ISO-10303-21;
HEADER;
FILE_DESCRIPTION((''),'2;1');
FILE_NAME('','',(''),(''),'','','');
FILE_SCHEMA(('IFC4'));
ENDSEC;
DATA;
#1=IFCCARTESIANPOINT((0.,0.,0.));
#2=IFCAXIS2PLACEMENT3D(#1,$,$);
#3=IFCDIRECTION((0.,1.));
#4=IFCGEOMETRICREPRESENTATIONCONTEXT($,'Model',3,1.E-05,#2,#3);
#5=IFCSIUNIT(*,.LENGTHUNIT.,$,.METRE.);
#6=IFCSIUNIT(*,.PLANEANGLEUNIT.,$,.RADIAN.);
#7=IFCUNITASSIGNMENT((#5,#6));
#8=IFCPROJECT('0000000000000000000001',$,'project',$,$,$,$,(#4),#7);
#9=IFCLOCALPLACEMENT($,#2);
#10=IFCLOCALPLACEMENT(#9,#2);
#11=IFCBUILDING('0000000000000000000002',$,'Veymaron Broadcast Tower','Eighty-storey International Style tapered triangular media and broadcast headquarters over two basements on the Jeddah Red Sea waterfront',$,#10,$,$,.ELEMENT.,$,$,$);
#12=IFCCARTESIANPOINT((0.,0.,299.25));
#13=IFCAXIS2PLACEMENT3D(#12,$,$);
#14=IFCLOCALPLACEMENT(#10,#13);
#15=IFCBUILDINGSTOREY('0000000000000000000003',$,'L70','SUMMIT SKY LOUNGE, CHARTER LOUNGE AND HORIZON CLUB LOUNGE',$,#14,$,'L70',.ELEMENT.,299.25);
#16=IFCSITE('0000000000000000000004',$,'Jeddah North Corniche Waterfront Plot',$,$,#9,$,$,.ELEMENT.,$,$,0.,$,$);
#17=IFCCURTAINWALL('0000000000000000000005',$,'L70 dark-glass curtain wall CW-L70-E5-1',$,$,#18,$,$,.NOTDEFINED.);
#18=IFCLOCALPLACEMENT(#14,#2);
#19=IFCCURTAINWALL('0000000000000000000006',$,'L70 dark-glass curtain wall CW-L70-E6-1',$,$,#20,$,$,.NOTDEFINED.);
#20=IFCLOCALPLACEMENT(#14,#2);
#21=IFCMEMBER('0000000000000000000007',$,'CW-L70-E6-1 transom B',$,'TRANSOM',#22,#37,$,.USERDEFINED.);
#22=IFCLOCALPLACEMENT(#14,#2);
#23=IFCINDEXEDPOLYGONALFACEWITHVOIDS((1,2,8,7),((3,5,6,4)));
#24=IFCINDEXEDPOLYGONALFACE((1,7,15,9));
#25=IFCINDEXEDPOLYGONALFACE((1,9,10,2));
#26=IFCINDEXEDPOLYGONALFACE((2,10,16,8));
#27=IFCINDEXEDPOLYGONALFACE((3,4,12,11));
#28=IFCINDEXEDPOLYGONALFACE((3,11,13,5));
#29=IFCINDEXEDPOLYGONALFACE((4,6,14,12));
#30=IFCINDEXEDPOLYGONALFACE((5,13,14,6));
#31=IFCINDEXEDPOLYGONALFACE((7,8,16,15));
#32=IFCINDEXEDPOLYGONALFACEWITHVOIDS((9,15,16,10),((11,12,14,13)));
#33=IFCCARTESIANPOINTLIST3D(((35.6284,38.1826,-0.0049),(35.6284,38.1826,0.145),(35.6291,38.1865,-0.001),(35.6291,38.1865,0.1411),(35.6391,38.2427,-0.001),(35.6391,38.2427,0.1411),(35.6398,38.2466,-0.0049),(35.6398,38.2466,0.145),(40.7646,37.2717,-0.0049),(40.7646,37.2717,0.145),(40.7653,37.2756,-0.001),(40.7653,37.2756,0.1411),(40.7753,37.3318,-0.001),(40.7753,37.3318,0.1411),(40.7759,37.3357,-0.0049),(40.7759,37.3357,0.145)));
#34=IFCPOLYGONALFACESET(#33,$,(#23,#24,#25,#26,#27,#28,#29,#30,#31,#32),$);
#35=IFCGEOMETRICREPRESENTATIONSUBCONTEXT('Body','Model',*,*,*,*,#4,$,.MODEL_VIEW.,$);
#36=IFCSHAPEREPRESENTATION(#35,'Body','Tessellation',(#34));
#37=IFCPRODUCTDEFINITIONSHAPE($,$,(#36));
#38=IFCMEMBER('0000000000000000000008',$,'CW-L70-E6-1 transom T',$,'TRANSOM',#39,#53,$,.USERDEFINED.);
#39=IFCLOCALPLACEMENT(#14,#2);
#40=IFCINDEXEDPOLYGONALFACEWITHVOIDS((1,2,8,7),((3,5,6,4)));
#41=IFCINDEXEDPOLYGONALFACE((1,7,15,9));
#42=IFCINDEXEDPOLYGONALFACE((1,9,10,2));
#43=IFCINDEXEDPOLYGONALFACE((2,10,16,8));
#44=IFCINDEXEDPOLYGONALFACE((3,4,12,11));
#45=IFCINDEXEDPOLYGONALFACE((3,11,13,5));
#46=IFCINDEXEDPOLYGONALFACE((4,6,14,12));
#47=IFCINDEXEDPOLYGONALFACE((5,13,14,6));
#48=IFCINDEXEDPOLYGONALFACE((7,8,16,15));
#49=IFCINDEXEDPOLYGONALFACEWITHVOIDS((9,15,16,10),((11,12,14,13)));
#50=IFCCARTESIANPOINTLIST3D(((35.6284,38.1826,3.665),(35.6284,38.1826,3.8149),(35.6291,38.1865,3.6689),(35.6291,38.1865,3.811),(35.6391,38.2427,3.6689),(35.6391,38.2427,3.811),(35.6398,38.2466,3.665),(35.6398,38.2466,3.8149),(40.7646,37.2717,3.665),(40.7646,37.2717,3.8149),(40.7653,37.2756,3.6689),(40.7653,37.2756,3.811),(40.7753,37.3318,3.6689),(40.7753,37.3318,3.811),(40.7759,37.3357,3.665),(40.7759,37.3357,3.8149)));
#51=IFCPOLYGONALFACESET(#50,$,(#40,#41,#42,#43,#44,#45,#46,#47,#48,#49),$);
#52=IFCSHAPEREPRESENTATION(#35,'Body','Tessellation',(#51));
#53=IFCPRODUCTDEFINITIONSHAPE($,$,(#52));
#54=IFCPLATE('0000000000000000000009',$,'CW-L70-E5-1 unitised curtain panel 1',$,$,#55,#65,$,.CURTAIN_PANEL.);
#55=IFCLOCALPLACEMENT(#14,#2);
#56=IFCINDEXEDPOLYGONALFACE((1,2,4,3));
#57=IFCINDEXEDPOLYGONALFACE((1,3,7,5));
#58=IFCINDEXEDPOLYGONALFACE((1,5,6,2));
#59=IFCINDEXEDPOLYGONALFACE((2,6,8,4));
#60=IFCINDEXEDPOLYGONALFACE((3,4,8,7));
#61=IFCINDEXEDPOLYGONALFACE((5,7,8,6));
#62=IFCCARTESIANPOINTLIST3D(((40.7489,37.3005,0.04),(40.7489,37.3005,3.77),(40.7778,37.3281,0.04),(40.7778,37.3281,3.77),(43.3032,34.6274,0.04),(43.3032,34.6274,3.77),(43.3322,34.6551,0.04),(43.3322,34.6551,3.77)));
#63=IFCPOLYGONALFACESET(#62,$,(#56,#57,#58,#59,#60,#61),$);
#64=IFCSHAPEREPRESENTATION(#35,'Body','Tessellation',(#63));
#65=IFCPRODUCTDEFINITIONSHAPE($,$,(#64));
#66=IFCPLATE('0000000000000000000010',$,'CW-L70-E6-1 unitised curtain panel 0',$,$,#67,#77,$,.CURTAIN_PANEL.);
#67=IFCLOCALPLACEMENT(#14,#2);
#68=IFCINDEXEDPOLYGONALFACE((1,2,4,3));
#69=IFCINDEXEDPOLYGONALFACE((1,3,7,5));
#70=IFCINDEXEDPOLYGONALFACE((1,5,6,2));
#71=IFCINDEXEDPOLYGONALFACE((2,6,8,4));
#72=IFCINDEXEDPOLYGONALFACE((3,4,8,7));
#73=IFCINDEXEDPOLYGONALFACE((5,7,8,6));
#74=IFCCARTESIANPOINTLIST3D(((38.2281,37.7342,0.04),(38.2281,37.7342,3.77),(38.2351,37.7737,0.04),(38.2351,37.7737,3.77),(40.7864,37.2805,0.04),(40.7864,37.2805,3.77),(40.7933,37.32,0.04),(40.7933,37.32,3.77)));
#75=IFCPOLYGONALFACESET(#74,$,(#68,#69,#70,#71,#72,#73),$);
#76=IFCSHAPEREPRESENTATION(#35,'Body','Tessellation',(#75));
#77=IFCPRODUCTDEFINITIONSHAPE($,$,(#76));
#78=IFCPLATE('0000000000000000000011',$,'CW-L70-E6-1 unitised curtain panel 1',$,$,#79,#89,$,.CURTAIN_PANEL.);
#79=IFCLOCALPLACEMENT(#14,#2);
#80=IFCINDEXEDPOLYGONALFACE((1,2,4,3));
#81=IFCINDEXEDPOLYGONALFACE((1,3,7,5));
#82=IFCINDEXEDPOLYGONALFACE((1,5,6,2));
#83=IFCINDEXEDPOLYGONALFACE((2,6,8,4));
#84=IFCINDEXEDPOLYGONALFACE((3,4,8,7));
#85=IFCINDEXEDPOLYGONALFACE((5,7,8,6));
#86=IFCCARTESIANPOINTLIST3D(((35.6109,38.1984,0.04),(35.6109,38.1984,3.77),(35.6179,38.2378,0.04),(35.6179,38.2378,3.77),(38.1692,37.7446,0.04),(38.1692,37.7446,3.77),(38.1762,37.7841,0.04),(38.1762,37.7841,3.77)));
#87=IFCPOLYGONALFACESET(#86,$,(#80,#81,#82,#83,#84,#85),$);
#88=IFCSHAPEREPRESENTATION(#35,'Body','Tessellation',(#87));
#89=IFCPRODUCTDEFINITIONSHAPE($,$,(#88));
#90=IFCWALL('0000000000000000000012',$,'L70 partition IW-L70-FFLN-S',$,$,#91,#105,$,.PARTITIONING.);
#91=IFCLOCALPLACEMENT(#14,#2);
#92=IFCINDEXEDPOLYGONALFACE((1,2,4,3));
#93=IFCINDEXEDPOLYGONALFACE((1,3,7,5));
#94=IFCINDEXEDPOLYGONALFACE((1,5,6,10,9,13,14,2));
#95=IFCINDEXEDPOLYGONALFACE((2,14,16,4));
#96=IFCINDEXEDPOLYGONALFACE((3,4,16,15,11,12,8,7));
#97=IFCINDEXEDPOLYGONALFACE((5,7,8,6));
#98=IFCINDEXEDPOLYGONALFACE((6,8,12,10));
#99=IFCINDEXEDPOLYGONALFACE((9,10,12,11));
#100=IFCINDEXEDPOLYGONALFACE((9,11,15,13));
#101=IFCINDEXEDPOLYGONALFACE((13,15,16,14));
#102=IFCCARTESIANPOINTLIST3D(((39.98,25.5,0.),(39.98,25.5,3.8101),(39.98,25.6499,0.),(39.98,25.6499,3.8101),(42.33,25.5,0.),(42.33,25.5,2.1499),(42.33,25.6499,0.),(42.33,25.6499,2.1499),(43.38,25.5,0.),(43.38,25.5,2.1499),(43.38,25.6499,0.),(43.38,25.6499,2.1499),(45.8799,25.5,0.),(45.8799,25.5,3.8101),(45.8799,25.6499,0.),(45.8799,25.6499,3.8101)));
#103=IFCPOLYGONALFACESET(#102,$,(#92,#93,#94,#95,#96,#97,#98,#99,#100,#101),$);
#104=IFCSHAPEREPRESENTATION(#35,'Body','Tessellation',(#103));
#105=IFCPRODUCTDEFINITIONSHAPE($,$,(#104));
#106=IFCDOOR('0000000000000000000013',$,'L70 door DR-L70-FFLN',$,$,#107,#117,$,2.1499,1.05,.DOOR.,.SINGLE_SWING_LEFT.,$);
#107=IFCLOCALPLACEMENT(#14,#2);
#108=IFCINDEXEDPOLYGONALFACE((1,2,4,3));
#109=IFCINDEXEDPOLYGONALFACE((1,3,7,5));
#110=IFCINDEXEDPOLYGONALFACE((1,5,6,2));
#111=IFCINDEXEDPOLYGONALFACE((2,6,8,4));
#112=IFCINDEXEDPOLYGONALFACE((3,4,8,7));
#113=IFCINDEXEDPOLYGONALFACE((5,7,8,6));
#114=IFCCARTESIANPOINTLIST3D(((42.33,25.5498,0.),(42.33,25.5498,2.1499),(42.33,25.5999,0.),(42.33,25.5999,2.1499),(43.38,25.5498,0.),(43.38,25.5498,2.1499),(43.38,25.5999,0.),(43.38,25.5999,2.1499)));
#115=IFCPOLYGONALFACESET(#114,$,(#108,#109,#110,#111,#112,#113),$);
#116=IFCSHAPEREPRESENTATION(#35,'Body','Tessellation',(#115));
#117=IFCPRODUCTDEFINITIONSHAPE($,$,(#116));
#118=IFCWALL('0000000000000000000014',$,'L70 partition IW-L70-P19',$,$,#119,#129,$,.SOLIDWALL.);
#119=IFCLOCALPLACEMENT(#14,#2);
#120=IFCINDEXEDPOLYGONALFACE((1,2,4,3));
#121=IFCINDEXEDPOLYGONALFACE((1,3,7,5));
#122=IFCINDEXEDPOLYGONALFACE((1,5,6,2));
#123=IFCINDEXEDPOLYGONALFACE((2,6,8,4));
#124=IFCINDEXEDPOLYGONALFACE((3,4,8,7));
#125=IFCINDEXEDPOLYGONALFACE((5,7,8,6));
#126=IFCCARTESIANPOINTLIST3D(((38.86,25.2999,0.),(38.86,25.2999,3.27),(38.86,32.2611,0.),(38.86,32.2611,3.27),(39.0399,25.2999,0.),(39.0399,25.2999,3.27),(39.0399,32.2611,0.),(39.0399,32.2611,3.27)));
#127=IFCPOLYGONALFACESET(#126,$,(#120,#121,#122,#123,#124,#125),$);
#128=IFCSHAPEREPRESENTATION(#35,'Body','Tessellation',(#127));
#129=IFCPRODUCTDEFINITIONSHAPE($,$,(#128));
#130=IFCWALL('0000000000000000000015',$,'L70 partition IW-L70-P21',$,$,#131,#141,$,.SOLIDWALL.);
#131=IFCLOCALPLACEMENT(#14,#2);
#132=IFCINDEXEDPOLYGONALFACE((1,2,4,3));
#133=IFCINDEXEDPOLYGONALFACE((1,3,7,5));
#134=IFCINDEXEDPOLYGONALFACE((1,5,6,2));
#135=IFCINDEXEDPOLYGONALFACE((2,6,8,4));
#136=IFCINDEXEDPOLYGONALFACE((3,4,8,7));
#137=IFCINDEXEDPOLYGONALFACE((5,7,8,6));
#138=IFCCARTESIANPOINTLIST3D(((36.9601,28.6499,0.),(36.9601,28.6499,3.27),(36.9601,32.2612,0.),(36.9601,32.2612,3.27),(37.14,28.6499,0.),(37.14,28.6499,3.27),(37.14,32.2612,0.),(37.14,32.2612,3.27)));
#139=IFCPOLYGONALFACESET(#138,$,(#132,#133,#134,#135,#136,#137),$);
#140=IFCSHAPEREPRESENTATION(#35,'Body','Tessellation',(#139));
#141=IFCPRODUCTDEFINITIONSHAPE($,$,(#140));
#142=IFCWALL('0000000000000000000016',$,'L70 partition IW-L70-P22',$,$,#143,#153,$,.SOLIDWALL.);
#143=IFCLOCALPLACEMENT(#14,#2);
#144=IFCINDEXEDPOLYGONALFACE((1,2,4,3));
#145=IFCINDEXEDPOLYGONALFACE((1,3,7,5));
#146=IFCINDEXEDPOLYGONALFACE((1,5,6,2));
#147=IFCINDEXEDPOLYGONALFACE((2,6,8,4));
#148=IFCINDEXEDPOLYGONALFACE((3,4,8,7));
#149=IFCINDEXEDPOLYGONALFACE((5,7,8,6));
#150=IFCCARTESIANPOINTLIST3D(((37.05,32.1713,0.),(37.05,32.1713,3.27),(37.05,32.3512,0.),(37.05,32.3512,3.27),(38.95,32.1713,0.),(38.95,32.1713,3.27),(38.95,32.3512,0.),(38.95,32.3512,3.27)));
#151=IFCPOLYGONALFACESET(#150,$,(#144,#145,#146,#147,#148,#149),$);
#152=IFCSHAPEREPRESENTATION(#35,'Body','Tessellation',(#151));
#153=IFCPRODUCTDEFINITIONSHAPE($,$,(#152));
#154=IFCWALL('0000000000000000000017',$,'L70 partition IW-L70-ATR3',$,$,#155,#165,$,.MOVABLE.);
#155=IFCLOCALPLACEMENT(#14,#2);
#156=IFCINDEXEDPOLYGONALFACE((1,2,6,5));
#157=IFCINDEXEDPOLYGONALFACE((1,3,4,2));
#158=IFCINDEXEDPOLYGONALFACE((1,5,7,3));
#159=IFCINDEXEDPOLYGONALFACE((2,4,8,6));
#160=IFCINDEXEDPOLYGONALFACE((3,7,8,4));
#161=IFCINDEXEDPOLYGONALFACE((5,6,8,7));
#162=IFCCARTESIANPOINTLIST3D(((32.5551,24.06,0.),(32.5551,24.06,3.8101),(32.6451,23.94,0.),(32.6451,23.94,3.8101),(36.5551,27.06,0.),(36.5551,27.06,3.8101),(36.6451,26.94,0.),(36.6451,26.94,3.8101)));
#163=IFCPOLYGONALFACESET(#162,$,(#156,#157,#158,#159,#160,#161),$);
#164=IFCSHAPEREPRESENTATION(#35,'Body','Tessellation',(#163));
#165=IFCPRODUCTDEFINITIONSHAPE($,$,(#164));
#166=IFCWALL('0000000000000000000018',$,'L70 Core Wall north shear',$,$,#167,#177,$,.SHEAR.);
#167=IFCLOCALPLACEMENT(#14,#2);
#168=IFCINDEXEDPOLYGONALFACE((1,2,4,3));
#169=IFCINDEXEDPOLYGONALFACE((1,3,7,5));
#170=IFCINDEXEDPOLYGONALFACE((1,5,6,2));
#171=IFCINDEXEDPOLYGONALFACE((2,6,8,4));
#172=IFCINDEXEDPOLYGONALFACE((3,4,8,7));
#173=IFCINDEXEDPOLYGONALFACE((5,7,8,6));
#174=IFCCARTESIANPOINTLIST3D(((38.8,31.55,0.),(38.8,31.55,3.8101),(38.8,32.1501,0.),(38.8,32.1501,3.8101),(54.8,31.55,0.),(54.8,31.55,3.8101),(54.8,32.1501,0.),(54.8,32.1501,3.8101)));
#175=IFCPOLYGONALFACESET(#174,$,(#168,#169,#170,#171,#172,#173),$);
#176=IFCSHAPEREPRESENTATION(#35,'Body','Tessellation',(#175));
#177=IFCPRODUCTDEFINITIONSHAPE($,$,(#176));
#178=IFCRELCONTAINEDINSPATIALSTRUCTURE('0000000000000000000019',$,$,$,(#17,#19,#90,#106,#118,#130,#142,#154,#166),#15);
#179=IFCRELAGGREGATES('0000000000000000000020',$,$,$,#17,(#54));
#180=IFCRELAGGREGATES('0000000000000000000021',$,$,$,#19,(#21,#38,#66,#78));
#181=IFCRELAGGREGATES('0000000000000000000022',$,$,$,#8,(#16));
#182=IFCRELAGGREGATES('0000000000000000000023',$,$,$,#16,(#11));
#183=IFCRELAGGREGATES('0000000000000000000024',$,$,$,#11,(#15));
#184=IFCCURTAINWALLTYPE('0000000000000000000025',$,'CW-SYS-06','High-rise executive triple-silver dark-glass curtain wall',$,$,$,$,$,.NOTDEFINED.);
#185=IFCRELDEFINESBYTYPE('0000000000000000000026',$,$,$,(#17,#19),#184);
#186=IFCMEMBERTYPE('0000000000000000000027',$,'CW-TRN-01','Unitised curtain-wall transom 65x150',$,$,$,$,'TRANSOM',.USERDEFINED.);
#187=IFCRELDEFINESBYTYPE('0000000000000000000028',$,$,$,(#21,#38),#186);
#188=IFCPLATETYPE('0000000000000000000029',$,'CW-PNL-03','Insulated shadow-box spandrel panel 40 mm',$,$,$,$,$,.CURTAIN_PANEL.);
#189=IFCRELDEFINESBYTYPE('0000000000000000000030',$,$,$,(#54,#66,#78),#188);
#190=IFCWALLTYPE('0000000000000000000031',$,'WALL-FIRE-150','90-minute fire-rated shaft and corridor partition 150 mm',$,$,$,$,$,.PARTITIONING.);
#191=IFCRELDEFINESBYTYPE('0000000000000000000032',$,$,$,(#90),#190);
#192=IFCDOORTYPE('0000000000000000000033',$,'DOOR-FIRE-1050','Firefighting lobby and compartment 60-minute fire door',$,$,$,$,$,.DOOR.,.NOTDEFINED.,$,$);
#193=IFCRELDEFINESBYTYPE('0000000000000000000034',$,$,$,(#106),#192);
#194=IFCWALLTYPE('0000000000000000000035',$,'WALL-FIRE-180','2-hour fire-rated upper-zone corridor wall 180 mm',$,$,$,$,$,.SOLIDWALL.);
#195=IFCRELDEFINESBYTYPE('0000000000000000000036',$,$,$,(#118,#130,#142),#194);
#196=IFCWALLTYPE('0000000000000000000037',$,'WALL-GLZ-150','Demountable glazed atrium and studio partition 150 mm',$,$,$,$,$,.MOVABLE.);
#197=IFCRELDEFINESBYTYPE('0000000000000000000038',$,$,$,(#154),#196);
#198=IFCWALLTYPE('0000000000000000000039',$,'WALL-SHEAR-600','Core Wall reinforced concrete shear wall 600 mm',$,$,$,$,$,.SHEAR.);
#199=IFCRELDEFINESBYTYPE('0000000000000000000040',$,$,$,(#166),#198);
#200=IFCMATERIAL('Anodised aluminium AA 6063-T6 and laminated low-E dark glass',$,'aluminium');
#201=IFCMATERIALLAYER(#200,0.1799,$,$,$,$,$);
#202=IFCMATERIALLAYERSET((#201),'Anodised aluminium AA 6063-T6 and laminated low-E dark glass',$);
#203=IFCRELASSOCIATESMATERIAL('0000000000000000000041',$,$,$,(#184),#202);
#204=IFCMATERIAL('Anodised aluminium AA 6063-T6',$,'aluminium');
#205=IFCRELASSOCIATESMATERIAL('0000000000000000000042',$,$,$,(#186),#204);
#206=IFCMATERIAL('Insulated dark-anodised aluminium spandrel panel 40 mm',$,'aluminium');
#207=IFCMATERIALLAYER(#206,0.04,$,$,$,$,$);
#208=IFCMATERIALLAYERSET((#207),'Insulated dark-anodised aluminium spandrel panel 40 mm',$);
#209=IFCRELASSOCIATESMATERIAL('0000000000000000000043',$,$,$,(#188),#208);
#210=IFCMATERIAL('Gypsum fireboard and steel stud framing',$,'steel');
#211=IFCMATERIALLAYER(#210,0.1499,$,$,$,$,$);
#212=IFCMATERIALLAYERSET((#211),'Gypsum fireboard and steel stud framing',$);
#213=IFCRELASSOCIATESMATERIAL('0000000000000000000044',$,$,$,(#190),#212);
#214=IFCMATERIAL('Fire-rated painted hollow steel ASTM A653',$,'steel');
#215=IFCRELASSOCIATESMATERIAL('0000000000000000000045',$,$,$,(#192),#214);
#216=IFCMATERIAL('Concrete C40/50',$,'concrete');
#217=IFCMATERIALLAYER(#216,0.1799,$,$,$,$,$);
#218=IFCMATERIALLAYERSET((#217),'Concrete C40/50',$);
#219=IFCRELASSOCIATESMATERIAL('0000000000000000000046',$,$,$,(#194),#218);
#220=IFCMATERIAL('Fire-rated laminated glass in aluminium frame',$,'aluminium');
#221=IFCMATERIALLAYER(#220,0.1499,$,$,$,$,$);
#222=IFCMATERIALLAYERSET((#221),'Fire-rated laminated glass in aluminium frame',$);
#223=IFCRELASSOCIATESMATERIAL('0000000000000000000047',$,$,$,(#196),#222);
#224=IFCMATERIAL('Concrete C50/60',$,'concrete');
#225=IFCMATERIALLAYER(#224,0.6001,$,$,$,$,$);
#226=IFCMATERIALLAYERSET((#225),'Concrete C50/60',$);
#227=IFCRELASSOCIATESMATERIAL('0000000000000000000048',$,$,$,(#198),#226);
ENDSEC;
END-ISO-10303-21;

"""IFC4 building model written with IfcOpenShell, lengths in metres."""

from ifc_helpers import new_model, si_unit, direction, frame, frame_2d, origin, origin_2d, place, context, subcontext, project, spatial, rectangle, hollow_rectangle, extrude, material, layer, layer_set, material_profile, profile_set, type_object, element, fill, aggregate, save


model = new_model("IFC4")

# Units and contexts
model_context = context("Model", 3, precision=1e-05, world=origin(), true_north=direction((0.0, 1.0)))
body_context = subcontext(model_context, "Body", "Model", "MODEL_VIEW")
ifc_project = project(units=[si_unit("LENGTHUNIT", "METRE"), si_unit("PLANEANGLEUNIT", "RADIAN")], contexts=[model_context])

# Site, building, storey
site_placement = place(None, origin())
site = spatial("IfcSite", under=ifc_project, at=site_placement, Name="Jeddah North Corniche Waterfront Plot", CompositionType="ELEMENT", RefElevation=0.0)
building_placement = place(site_placement, origin())
building = spatial("IfcBuilding", under=site, at=building_placement, Name="Veymaron Broadcast Tower", Description="Eighty-storey International Style tapered triangular media and broadcast headquarters over two basements on the Jeddah Red Sea waterfront", CompositionType="ELEMENT")
storey_placement = place(building_placement, frame((0.0, 0.0, 299.25)))
storey = spatial("IfcBuildingStorey", under=building, at=storey_placement, Name="L70", Description="SUMMIT SKY LOUNGE, CHARTER LOUNGE AND HORIZON CLUB LOUNGE", LongName="L70", CompositionType="ELEMENT", Elevation=299.25)

# Curtain walls, members
ifc_material_1 = material(Name="Anodised aluminium AA 6063-T6 and laminated low-E dark glass", Category="aluminium")
ifc_layer_1 = layer(ifc_material_1, 0.1799)
ifc_layer_set_1 = layer_set([ifc_layer_1], Name="Anodised aluminium AA 6063-T6 and laminated low-E dark glass")
curtain_wall_type = type_object("IfcCurtainWallType", Name="CW-SYS-06", Description="High-rise executive triple-silver dark-glass curtain wall", PredefinedType="NOTDEFINED", material=ifc_layer_set_1)
curtain_wall_1_placement = place(storey_placement, origin())
curtain_wall_1 = element("IfcCurtainWall", 1, at=curtain_wall_1_placement, inside=storey, type_object=curtain_wall_type, Name="L70 dark-glass curtain wall CW-L70-E5-1", PredefinedType="NOTDEFINED")
ifc_material_2 = material(Name="Anodised aluminium AA 6063-T6", Category="aluminium")
curtain_wall_2_placement = place(storey_placement, origin())
curtain_wall_2 = element("IfcCurtainWall", 2, at=curtain_wall_2_placement, inside=storey, type_object=curtain_wall_type, Name="L70 dark-glass curtain wall CW-L70-E6-1", PredefinedType="NOTDEFINED")
ifc_material_profile_1 = material_profile(ifc_material_2, hollow_rectangle(XDim=0.0649, YDim=0.1499, WallThickness=0.0039, at=origin_2d()), Name="AL150X65X4")
ifc_profile_set_1 = profile_set([ifc_material_profile_1], Name="Anodised aluminium AA 6063-T6")
member_type_1 = type_object("IfcMemberType", Name="CW-TRN-01", Description="Unitised curtain-wall transom 65x150", ElementType="TRANSOM", PredefinedType="USERDEFINED", material=ifc_profile_set_1)
member_1_placement = place(storey_placement, frame((40.7703, 37.3037, 0.0701), z_axis=(-0.984636, 0.174621, 0.0), x_axis=(-0.174621, -0.984636, 0.0)))
member_1 = element("IfcMember", 3, at=member_1_placement, type_object=member_type_1, Name="CW-L70-E6-1 transom B", ObjectType="TRANSOM", PredefinedType="USERDEFINED", context=body_context, shape_type="SweptSolid", body=[
    extrude(hollow_rectangle(XDim=0.0649, YDim=0.1499, WallThickness=0.0039, at=origin_2d()), origin(), (0.0, 0.0, 1.0), 5.2163),
])
member_2_placement = place(storey_placement, frame((40.7703, 37.3037, 3.74), z_axis=(-0.984636, 0.174621, 0.0), x_axis=(-0.174621, -0.984636, 0.0)))
member_2 = element("IfcMember", 4, at=member_2_placement, type_object=member_type_1, Name="CW-L70-E6-1 transom T", ObjectType="TRANSOM", PredefinedType="USERDEFINED", context=body_context, shape_type="SweptSolid", body=[
    extrude(hollow_rectangle(XDim=0.0649, YDim=0.1499, WallThickness=0.0039, at=origin_2d()), origin(), (0.0, 0.0, 1.0), 5.2163),
])

# Plates
ifc_material_3 = material(Name="Insulated dark-anodised aluminium spandrel panel 40 mm", Category="aluminium")
ifc_layer_2 = layer(ifc_material_3, 0.04)
ifc_layer_set_2 = layer_set([ifc_layer_2], Name="Insulated dark-anodised aluminium spandrel panel 40 mm")
plate_type = type_object("IfcPlateType", Name="CW-PNL-03", Description="Insulated shadow-box spandrel panel 40 mm", PredefinedType="CURTAIN_PANEL", material=ifc_layer_set_2)
plate_1_placement = place(storey_placement, frame((42.0405, 35.9778, 0.04), z_axis=(0.0, 0.0, 1.0), x_axis=(-0.69087, 0.722979, 0.0)))
plate_1 = element("IfcPlate", 5, at=plate_1_placement, type_object=plate_type, Name="CW-L70-E5-1 unitised curtain panel 1", PredefinedType="CURTAIN_PANEL", context=body_context, shape_type="SweptSolid", body=[
    extrude(rectangle(XDim=3.6973, YDim=0.04, at=origin_2d()), origin(), (0.0, 0.0, 1.0), 3.73),
])
aggregate(curtain_wall_1, [plate_1])
plate_2_placement = place(storey_placement, frame((39.5107, 37.5271, 0.04), z_axis=(0.0, 0.0, 1.0), x_axis=(-0.984635, 0.174628, 0.0)))
plate_2 = element("IfcPlate", 6, at=plate_2_placement, type_object=plate_type, Name="CW-L70-E6-1 unitised curtain panel 0", PredefinedType="CURTAIN_PANEL", context=body_context, shape_type="SweptSolid", body=[
    extrude(rectangle(XDim=2.5981, YDim=0.04, at=origin_2d()), origin(), (0.0, 0.0, 1.0), 3.73),
])
plate_3_placement = place(storey_placement, frame((36.8936, 37.9912, 0.04), z_axis=(0.0, 0.0, 1.0), x_axis=(-0.984635, 0.174628, 0.0)))
plate_3 = element("IfcPlate", 7, at=plate_3_placement, type_object=plate_type, Name="CW-L70-E6-1 unitised curtain panel 1", PredefinedType="CURTAIN_PANEL", context=body_context, shape_type="SweptSolid", body=[
    extrude(rectangle(XDim=2.5981, YDim=0.04, at=origin_2d()), origin(), (0.0, 0.0, 1.0), 3.73),
])
aggregate(curtain_wall_2, [member_1, member_2, plate_2, plate_3])

# Wall, opening, door
ifc_material_4 = material(Name="Gypsum fireboard and steel stud framing", Category="steel")
ifc_layer_3 = layer(ifc_material_4, 0.1499)
ifc_layer_set_3 = layer_set([ifc_layer_3], Name="Gypsum fireboard and steel stud framing")
wall_type_1 = type_object("IfcWallType", Name="WALL-FIRE-150", Description="90-minute fire-rated shaft and corridor partition 150 mm", PredefinedType="PARTITIONING", material=ifc_layer_set_3)
wall_1_placement = place(storey_placement, frame((39.98, 25.575, 0.0), z_axis=(0.0, 0.0, 1.0), x_axis=(1.0, 0.0, 0.0)))
wall_1 = element("IfcWall", 8, at=wall_1_placement, inside=storey, type_object=wall_type_1, Name="L70 partition IW-L70-FFLN-S", PredefinedType="PARTITIONING", context=body_context, shape_type="SweptSolid", body=[
    extrude(rectangle(XDim=5.8999, YDim=0.1499, at=frame_2d((2.95, 0.0))), origin(), (0.0, 0.0, 1.0), 3.8101),
])
opening_1_placement = place(wall_1_placement, frame((2.3501, 0.0, 0.0)))
opening_1 = element("IfcOpeningElement", 9, at=opening_1_placement, cuts=wall_1, PredefinedType="OPENING", context=body_context, shape_type="SweptSolid", body=[
    extrude(rectangle(XDim=1.05, YDim=2.1499, at=frame_2d((0.5249, 1.075))), frame((0.0, 0.085, 0.0), z_axis=(0.0, -1.0, 0.0), x_axis=(1.0, 0.0, 0.0)), (0.0, 0.0, 1.0), 0.1699),
])
ifc_material_5 = material(Name="Fire-rated painted hollow steel ASTM A653", Category="steel")
door_type_1 = type_object("IfcDoorType", Name="DOOR-FIRE-1050", Description="Firefighting lobby and compartment 60-minute fire door", OperationType="NOTDEFINED", PredefinedType="DOOR", material=ifc_material_5)
door_1_placement = place(opening_1_placement, origin())
door_1 = element("IfcDoor", 10, at=door_1_placement, inside=storey, type_object=door_type_1, Name="L70 door DR-L70-FFLN", OperationType="SINGLE_SWING_LEFT", OverallHeight=2.1499, OverallWidth=1.05, PredefinedType="DOOR", context=body_context, shape_type="SweptSolid", body=[
    extrude(rectangle(XDim=1.05, YDim=2.1499, at=frame_2d((0.5249, 1.075))), frame((0.0, 0.0249, 0.0), z_axis=(0.0, -1.0, 0.0), x_axis=(1.0, 0.0, 0.0)), (0.0, 0.0, 1.0), 0.05),
])
fill(opening_1, door_1)

# Walls
ifc_material_6 = material(Name="Concrete C40/50", Category="concrete")
ifc_layer_4 = layer(ifc_material_6, 0.1799)
ifc_layer_set_4 = layer_set([ifc_layer_4], Name="Concrete C40/50")
wall_type_2 = type_object("IfcWallType", Name="WALL-FIRE-180", Description="2-hour fire-rated upper-zone corridor wall 180 mm", PredefinedType="SOLIDWALL", material=ifc_layer_set_4)
wall_2_placement = place(storey_placement, frame((38.95, 25.3, 0.0), z_axis=(0.0, 0.0, 1.0), x_axis=(0.0, 1.0, 0.0)))
element("IfcWall", 11, at=wall_2_placement, inside=storey, type_object=wall_type_2, Name="L70 partition IW-L70-P19", PredefinedType="SOLIDWALL", context=body_context, shape_type="SweptSolid", body=[
    extrude(rectangle(XDim=6.9612, YDim=0.1799, at=frame_2d((3.4805, 0.0))), origin(), (0.0, 0.0, 1.0), 3.27),
])
wall_3_placement = place(storey_placement, frame((37.05, 28.6499, 0.0), z_axis=(0.0, 0.0, 1.0), x_axis=(0.0, 1.0, 0.0)))
element("IfcWall", 12, at=wall_3_placement, inside=storey, type_object=wall_type_2, Name="L70 partition IW-L70-P21", PredefinedType="SOLIDWALL", context=body_context, shape_type="SweptSolid", body=[
    extrude(rectangle(XDim=3.6113, YDim=0.1799, at=frame_2d((1.8057, 0.0))), origin(), (0.0, 0.0, 1.0), 3.27),
])
wall_4_placement = place(storey_placement, frame((37.05, 32.2612, 0.0), z_axis=(0.0, 0.0, 1.0), x_axis=(1.0, 0.0, 0.0)))
element("IfcWall", 13, at=wall_4_placement, inside=storey, type_object=wall_type_2, Name="L70 partition IW-L70-P22", PredefinedType="SOLIDWALL", context=body_context, shape_type="SweptSolid", body=[
    extrude(rectangle(XDim=1.8999, YDim=0.1799, at=frame_2d((0.95, 0.0))), origin(), (0.0, 0.0, 1.0), 3.27),
])
ifc_material_7 = material(Name="Fire-rated laminated glass in aluminium frame", Category="aluminium")
ifc_layer_5 = layer(ifc_material_7, 0.1499)
ifc_layer_set_5 = layer_set([ifc_layer_5], Name="Fire-rated laminated glass in aluminium frame")
wall_type_3 = type_object("IfcWallType", Name="WALL-GLZ-150", Description="Demountable glazed atrium and studio partition 150 mm", PredefinedType="MOVABLE", material=ifc_layer_set_5)
wall_5_placement = place(storey_placement, frame((36.6001, 27.0, 0.0), z_axis=(0.0, 0.0, 1.0), x_axis=(-0.8, -0.6, 0.0)))
element("IfcWall", 14, at=wall_5_placement, inside=storey, type_object=wall_type_3, Name="L70 partition IW-L70-ATR3", PredefinedType="MOVABLE", context=body_context, shape_type="SweptSolid", body=[
    extrude(rectangle(XDim=5.0, YDim=0.1499, at=frame_2d((2.5, 0.0))), origin(), (0.0, 0.0, 1.0), 3.8101),
])

# Shared definitions
ifc_material_8 = material(Name="Concrete C50/60", Category="concrete")

# Wall
ifc_layer_6 = layer(ifc_material_8, 0.6001)
ifc_layer_set_6 = layer_set([ifc_layer_6], Name="Concrete C50/60")
wall_type_4 = type_object("IfcWallType", Name="WALL-SHEAR-600", Description="Core Wall reinforced concrete shear wall 600 mm", PredefinedType="SHEAR", material=ifc_layer_set_6)
wall_6_placement = place(storey_placement, frame((38.8, 31.8501, 0.0), z_axis=(0.0, 0.0, 1.0), x_axis=(1.0, 0.0, 0.0)))
element("IfcWall", 15, at=wall_6_placement, inside=storey, type_object=wall_type_4, Name="L70 Core Wall north shear", PredefinedType="SHEAR", context=body_context, shape_type="SweptSolid", body=[
    extrude(rectangle(XDim=16.0, YDim=0.6001, at=frame_2d((8.0, 0.0))), origin(), (0.0, 0.0, 1.0), 3.8101),
])

save(model, "model.ifc")
